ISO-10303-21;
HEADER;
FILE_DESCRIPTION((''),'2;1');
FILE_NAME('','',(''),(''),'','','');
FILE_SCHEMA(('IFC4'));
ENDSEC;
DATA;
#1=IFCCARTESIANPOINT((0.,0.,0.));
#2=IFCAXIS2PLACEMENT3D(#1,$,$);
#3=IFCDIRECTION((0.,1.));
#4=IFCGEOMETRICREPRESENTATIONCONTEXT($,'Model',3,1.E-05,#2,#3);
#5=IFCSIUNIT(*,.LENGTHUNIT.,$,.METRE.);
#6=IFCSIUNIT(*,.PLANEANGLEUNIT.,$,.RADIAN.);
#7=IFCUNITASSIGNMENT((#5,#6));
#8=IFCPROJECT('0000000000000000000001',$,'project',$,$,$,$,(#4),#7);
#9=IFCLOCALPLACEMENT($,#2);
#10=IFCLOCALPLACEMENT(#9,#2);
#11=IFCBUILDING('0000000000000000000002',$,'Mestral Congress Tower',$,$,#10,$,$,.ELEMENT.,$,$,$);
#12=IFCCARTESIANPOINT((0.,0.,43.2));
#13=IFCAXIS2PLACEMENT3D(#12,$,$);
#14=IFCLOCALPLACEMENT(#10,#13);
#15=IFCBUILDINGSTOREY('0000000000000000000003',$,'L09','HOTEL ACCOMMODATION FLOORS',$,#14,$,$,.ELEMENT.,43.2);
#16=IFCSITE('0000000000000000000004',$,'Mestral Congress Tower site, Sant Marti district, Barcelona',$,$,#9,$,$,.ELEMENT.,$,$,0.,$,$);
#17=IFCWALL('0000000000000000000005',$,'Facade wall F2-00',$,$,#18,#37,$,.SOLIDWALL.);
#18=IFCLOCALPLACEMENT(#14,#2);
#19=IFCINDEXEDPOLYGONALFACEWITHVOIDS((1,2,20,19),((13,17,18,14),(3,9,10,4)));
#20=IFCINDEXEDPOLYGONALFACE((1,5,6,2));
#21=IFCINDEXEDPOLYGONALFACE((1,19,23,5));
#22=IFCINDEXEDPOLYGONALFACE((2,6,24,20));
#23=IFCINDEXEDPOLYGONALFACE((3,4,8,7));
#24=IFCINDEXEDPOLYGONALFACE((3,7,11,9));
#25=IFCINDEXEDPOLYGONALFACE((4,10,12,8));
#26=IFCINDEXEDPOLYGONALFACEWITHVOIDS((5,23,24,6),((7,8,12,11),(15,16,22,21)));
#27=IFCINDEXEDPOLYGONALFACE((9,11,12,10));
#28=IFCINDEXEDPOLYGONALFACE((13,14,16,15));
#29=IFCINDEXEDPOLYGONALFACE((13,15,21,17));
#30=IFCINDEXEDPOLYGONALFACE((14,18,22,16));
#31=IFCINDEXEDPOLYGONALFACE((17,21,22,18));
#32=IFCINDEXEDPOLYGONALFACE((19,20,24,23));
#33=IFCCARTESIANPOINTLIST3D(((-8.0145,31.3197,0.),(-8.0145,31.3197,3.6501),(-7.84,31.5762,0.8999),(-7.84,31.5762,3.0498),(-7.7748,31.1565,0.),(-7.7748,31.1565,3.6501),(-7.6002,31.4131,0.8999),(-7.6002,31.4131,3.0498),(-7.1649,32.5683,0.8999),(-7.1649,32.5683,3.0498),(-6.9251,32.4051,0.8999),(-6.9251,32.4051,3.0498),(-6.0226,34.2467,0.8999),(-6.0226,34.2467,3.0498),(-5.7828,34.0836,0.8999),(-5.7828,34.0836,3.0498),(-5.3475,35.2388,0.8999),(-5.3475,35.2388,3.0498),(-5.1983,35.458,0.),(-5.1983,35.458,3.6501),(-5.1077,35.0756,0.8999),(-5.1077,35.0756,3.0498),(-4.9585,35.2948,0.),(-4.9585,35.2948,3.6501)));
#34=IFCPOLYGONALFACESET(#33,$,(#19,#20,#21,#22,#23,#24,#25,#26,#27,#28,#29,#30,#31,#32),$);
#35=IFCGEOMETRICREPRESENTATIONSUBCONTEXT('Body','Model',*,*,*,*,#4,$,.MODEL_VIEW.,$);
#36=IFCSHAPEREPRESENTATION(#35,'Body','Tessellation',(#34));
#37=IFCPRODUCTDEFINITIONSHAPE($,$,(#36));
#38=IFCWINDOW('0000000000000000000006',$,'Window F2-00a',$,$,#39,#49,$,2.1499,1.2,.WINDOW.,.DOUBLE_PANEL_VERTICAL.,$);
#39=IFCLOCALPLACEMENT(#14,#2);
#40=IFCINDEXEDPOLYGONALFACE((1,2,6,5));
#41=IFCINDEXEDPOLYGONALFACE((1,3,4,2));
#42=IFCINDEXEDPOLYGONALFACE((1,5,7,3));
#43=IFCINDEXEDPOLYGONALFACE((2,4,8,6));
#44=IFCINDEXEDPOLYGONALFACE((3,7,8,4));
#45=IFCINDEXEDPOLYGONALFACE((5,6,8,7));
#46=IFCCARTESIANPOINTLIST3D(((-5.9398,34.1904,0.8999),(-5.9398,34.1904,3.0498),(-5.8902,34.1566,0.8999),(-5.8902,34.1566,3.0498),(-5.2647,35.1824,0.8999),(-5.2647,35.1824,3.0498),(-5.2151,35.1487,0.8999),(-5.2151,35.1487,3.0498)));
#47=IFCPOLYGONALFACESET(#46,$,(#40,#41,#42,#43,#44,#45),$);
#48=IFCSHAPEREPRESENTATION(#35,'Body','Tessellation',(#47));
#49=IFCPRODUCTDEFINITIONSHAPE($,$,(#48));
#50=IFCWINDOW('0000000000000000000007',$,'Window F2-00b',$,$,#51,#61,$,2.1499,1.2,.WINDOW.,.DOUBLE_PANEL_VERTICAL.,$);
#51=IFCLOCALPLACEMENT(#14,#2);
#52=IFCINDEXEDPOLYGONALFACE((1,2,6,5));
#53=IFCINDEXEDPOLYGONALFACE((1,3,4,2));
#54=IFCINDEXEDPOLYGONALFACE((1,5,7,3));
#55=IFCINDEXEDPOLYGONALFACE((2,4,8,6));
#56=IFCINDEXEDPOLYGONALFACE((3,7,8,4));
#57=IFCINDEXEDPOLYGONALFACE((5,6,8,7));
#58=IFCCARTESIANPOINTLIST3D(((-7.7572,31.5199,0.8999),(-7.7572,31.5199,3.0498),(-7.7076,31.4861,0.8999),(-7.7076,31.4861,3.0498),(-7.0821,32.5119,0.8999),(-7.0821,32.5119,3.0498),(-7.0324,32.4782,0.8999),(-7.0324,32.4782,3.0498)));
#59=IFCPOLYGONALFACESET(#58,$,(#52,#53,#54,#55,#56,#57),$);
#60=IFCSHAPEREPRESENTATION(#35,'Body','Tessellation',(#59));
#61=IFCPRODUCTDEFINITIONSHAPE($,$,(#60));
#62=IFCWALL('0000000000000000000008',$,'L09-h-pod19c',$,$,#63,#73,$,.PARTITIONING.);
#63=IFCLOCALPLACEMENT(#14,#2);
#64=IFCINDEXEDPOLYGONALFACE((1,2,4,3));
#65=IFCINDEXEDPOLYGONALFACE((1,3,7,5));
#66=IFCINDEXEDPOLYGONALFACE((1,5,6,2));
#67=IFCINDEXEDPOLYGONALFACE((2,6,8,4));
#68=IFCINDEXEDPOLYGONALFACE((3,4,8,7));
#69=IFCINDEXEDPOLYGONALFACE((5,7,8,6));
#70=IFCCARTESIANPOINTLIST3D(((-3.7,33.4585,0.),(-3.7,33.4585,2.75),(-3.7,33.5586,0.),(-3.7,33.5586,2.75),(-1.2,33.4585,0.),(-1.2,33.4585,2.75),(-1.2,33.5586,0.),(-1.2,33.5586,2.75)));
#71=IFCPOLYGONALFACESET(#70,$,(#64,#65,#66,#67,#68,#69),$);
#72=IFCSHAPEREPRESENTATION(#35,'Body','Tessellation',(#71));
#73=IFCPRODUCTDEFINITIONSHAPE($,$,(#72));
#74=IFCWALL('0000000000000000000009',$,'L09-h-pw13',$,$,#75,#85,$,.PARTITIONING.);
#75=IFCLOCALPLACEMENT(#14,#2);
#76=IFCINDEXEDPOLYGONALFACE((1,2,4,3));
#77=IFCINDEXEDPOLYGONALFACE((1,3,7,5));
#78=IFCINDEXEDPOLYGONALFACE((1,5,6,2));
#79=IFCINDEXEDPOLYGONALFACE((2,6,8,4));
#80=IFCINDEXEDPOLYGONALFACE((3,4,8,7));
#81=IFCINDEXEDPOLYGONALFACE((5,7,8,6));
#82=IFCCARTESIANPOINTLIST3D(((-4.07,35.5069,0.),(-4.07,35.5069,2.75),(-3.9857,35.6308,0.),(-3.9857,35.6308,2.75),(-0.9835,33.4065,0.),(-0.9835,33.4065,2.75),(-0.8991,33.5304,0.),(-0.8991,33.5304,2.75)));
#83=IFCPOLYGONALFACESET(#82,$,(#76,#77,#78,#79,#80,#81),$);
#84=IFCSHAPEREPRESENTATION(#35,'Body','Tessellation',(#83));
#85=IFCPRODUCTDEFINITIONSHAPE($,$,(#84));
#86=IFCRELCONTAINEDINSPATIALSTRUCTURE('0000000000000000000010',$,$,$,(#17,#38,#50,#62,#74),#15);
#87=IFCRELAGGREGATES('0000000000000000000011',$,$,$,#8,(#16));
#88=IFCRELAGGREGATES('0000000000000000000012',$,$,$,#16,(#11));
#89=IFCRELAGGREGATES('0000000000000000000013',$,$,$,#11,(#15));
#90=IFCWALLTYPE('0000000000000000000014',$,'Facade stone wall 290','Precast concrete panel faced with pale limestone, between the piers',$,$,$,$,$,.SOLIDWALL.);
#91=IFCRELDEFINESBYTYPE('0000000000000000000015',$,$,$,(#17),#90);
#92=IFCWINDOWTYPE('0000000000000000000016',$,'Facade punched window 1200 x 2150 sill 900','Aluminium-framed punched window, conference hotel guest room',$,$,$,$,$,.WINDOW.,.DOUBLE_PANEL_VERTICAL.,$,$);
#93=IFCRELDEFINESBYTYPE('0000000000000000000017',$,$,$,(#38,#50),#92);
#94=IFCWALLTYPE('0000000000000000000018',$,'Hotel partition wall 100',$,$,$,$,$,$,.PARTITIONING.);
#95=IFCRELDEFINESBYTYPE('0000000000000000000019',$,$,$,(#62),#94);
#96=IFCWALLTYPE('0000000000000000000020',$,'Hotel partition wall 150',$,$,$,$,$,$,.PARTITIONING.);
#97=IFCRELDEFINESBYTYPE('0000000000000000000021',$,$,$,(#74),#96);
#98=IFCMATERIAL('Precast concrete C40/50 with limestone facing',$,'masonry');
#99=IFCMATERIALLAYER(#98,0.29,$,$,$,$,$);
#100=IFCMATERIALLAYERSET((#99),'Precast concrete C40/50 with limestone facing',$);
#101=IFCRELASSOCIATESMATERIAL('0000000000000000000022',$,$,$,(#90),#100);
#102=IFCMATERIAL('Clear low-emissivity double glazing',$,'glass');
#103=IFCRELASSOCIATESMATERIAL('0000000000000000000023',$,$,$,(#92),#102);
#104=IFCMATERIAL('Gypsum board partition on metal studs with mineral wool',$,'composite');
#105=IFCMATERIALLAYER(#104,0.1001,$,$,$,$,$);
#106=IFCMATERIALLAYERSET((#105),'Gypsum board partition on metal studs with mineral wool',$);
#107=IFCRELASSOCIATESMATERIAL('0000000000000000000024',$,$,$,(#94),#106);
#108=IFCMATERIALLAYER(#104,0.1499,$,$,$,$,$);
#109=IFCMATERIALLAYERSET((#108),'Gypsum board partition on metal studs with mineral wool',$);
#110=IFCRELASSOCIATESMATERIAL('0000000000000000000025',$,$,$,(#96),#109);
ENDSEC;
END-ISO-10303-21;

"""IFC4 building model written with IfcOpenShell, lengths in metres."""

from ifc_helpers import new_model, si_unit, direction, frame, frame_2d, origin, place, context, subcontext, project, spatial, rectangle, extrude, material, layer, layer_set, type_object, element, fill, save


model = new_model("IFC4")

# Units and contexts
model_context = context("Model", 3, precision=1e-05, world=origin(), true_north=direction((0.0, 1.0)))
body_context = subcontext(model_context, "Body", "Model", "MODEL_VIEW")
ifc_project = project(units=[si_unit("LENGTHUNIT", "METRE"), si_unit("PLANEANGLEUNIT", "RADIAN")], contexts=[model_context])

# Site, building, storey
site_placement = place(None, origin())
site = spatial("IfcSite", under=ifc_project, at=site_placement, Name="Mestral Congress Tower site, Sant Marti district, Barcelona", CompositionType="ELEMENT", RefElevation=0.0)
building_placement = place(site_placement, origin())
building = spatial("IfcBuilding", under=site, at=building_placement, Name="Mestral Congress Tower", CompositionType="ELEMENT")
storey_placement = place(building_placement, frame((0.0, 0.0, 43.2)))
storey = spatial("IfcBuildingStorey", under=building, at=storey_placement, Name="L09", Description="HOTEL ACCOMMODATION FLOORS", CompositionType="ELEMENT", Elevation=43.2)

# Shared definitions
ifc_material_1 = material(Name="Precast concrete C40/50 with limestone facing", Category="masonry")
ifc_layer_1 = layer(ifc_material_1, 0.29)
ifc_layer_set_1 = layer_set([ifc_layer_1], Name="Precast concrete C40/50 with limestone facing")
wall_type_1 = type_object("IfcWallType", Name="Facade stone wall 290", Description="Precast concrete panel faced with pale limestone, between the piers", PredefinedType="SOLIDWALL", material=ifc_layer_set_1)
ifc_material_2 = material(Name="Clear low-emissivity double glazing", Category="glass")

# Wall, openings, windows
wall_1_placement = place(storey_placement, frame((-5.0784, 35.3765, 0.0), z_axis=(0.0, 0.0, 1.0), x_axis=(-0.56261, -0.826722, 0.0)))
wall_1 = element("IfcWall", 1, at=wall_1_placement, inside=storey, type_object=wall_type_1, Name="Facade wall F2-00", PredefinedType="SOLIDWALL", context=body_context, shape_type="SweptSolid", body=[
    extrude(rectangle(XDim=5.0056, YDim=0.29, at=frame_2d((2.5029, 0.0))), origin(), (0.0, 0.0, 1.0), 3.6501),
])
opening_1_placement = place(wall_1_placement, frame((0.2651, 0.0, 0.8999)))
opening_1 = element("IfcOpeningElement", 2, at=opening_1_placement, cuts=wall_1, PredefinedType="OPENING", context=body_context, shape_type="SweptSolid", body=[
    extrude(rectangle(XDim=1.2, YDim=2.1499, at=frame_2d((0.6001, 1.075))), frame((0.0, 0.155, 0.0), z_axis=(0.0, -1.0, 0.0), x_axis=(1.0, 0.0, 0.0)), (0.0, 0.0, 1.0), 0.3101),
])
opening_2_placement = place(wall_1_placement, frame((3.4954, 0.0, 0.8999)))
opening_2 = element("IfcOpeningElement", 3, at=opening_2_placement, cuts=wall_1, PredefinedType="OPENING", context=body_context, shape_type="SweptSolid", body=[
    extrude(rectangle(XDim=1.2, YDim=2.1499, at=frame_2d((0.6001, 1.075))), frame((0.0, 0.155, 0.0), z_axis=(0.0, -1.0, 0.0), x_axis=(1.0, 0.0, 0.0)), (0.0, 0.0, 1.0), 0.3101),
])
window_type_1 = type_object("IfcWindowType", Name="Facade punched window 1200 x 2150 sill 900", Description="Aluminium-framed punched window, conference hotel guest room", PartitioningType="DOUBLE_PANEL_VERTICAL", PredefinedType="WINDOW", material=ifc_material_2)
window_1_placement = place(opening_1_placement, origin())
window_1 = element("IfcWindow", 4, at=window_1_placement, inside=storey, type_object=window_type_1, Name="Window F2-00a", OverallHeight=2.1499, OverallWidth=1.2, PartitioningType="DOUBLE_PANEL_VERTICAL", PredefinedType="WINDOW", context=body_context, shape_type="SweptSolid", body=[
    extrude(rectangle(XDim=1.2, YDim=2.1499, at=frame_2d((0.6001, 1.075))), frame((0.0, 0.0151, 0.0), z_axis=(0.0, -1.0, 0.0), x_axis=(1.0, 0.0, 0.0)), (0.0, 0.0, 1.0), 0.0601),
])
fill(opening_1, window_1)
window_2_placement = place(opening_2_placement, origin())
window_2 = element("IfcWindow", 5, at=window_2_placement, inside=storey, type_object=window_type_1, Name="Window F2-00b", OverallHeight=2.1499, OverallWidth=1.2, PartitioningType="DOUBLE_PANEL_VERTICAL", PredefinedType="WINDOW", context=body_context, shape_type="SweptSolid", body=[
    extrude(rectangle(XDim=1.2, YDim=2.1499, at=frame_2d((0.6001, 1.075))), frame((0.0, 0.0151, 0.0), z_axis=(0.0, -1.0, 0.0), x_axis=(1.0, 0.0, 0.0)), (0.0, 0.0, 1.0), 0.0601),
])
fill(opening_2, window_2)

# Walls
ifc_material_3 = material(Name="Gypsum board partition on metal studs with mineral wool", Category="composite")
ifc_layer_2 = layer(ifc_material_3, 0.1001)
ifc_layer_set_2 = layer_set([ifc_layer_2], Name="Gypsum board partition on metal studs with mineral wool")
wall_type_2 = type_object("IfcWallType", Name="Hotel partition wall 100", PredefinedType="PARTITIONING", material=ifc_layer_set_2)
wall_2_placement = place(storey_placement, frame((-1.2, 33.5085, 0.0), z_axis=(0.0, 0.0, 1.0), x_axis=(-1.0, 0.0, 0.0)))
element("IfcWall", 6, at=wall_2_placement, inside=storey, type_object=wall_type_2, Name="L09-h-pod19c", PredefinedType="PARTITIONING", context=body_context, shape_type="SweptSolid", body=[
    extrude(rectangle(XDim=2.5, YDim=0.1001, at=frame_2d((1.25, 0.0))), origin(), (0.0, 0.0, 1.0), 2.75),
])
ifc_layer_3 = layer(ifc_material_3, 0.1499)
ifc_layer_set_3 = layer_set([ifc_layer_3], Name="Gypsum board partition on metal studs with mineral wool")
wall_type_3 = type_object("IfcWallType", Name="Hotel partition wall 150", PredefinedType="PARTITIONING", material=ifc_layer_set_3)
wall_3_placement = place(storey_placement, frame((-4.0278, 35.5688, 0.0), z_axis=(0.0, 0.0, 1.0), x_axis=(0.826731, -0.562598, 0.0)))
element("IfcWall", 7, at=wall_3_placement, inside=storey, type_object=wall_type_3, Name="L09-h-pw13", PredefinedType="PARTITIONING", context=body_context, shape_type="SweptSolid", body=[
    extrude(rectangle(XDim=3.7334, YDim=0.1499, at=frame_2d((1.8667, 0.0))), origin(), (0.0, 0.0, 1.0), 2.75),
])

save(model, "model.ifc")
